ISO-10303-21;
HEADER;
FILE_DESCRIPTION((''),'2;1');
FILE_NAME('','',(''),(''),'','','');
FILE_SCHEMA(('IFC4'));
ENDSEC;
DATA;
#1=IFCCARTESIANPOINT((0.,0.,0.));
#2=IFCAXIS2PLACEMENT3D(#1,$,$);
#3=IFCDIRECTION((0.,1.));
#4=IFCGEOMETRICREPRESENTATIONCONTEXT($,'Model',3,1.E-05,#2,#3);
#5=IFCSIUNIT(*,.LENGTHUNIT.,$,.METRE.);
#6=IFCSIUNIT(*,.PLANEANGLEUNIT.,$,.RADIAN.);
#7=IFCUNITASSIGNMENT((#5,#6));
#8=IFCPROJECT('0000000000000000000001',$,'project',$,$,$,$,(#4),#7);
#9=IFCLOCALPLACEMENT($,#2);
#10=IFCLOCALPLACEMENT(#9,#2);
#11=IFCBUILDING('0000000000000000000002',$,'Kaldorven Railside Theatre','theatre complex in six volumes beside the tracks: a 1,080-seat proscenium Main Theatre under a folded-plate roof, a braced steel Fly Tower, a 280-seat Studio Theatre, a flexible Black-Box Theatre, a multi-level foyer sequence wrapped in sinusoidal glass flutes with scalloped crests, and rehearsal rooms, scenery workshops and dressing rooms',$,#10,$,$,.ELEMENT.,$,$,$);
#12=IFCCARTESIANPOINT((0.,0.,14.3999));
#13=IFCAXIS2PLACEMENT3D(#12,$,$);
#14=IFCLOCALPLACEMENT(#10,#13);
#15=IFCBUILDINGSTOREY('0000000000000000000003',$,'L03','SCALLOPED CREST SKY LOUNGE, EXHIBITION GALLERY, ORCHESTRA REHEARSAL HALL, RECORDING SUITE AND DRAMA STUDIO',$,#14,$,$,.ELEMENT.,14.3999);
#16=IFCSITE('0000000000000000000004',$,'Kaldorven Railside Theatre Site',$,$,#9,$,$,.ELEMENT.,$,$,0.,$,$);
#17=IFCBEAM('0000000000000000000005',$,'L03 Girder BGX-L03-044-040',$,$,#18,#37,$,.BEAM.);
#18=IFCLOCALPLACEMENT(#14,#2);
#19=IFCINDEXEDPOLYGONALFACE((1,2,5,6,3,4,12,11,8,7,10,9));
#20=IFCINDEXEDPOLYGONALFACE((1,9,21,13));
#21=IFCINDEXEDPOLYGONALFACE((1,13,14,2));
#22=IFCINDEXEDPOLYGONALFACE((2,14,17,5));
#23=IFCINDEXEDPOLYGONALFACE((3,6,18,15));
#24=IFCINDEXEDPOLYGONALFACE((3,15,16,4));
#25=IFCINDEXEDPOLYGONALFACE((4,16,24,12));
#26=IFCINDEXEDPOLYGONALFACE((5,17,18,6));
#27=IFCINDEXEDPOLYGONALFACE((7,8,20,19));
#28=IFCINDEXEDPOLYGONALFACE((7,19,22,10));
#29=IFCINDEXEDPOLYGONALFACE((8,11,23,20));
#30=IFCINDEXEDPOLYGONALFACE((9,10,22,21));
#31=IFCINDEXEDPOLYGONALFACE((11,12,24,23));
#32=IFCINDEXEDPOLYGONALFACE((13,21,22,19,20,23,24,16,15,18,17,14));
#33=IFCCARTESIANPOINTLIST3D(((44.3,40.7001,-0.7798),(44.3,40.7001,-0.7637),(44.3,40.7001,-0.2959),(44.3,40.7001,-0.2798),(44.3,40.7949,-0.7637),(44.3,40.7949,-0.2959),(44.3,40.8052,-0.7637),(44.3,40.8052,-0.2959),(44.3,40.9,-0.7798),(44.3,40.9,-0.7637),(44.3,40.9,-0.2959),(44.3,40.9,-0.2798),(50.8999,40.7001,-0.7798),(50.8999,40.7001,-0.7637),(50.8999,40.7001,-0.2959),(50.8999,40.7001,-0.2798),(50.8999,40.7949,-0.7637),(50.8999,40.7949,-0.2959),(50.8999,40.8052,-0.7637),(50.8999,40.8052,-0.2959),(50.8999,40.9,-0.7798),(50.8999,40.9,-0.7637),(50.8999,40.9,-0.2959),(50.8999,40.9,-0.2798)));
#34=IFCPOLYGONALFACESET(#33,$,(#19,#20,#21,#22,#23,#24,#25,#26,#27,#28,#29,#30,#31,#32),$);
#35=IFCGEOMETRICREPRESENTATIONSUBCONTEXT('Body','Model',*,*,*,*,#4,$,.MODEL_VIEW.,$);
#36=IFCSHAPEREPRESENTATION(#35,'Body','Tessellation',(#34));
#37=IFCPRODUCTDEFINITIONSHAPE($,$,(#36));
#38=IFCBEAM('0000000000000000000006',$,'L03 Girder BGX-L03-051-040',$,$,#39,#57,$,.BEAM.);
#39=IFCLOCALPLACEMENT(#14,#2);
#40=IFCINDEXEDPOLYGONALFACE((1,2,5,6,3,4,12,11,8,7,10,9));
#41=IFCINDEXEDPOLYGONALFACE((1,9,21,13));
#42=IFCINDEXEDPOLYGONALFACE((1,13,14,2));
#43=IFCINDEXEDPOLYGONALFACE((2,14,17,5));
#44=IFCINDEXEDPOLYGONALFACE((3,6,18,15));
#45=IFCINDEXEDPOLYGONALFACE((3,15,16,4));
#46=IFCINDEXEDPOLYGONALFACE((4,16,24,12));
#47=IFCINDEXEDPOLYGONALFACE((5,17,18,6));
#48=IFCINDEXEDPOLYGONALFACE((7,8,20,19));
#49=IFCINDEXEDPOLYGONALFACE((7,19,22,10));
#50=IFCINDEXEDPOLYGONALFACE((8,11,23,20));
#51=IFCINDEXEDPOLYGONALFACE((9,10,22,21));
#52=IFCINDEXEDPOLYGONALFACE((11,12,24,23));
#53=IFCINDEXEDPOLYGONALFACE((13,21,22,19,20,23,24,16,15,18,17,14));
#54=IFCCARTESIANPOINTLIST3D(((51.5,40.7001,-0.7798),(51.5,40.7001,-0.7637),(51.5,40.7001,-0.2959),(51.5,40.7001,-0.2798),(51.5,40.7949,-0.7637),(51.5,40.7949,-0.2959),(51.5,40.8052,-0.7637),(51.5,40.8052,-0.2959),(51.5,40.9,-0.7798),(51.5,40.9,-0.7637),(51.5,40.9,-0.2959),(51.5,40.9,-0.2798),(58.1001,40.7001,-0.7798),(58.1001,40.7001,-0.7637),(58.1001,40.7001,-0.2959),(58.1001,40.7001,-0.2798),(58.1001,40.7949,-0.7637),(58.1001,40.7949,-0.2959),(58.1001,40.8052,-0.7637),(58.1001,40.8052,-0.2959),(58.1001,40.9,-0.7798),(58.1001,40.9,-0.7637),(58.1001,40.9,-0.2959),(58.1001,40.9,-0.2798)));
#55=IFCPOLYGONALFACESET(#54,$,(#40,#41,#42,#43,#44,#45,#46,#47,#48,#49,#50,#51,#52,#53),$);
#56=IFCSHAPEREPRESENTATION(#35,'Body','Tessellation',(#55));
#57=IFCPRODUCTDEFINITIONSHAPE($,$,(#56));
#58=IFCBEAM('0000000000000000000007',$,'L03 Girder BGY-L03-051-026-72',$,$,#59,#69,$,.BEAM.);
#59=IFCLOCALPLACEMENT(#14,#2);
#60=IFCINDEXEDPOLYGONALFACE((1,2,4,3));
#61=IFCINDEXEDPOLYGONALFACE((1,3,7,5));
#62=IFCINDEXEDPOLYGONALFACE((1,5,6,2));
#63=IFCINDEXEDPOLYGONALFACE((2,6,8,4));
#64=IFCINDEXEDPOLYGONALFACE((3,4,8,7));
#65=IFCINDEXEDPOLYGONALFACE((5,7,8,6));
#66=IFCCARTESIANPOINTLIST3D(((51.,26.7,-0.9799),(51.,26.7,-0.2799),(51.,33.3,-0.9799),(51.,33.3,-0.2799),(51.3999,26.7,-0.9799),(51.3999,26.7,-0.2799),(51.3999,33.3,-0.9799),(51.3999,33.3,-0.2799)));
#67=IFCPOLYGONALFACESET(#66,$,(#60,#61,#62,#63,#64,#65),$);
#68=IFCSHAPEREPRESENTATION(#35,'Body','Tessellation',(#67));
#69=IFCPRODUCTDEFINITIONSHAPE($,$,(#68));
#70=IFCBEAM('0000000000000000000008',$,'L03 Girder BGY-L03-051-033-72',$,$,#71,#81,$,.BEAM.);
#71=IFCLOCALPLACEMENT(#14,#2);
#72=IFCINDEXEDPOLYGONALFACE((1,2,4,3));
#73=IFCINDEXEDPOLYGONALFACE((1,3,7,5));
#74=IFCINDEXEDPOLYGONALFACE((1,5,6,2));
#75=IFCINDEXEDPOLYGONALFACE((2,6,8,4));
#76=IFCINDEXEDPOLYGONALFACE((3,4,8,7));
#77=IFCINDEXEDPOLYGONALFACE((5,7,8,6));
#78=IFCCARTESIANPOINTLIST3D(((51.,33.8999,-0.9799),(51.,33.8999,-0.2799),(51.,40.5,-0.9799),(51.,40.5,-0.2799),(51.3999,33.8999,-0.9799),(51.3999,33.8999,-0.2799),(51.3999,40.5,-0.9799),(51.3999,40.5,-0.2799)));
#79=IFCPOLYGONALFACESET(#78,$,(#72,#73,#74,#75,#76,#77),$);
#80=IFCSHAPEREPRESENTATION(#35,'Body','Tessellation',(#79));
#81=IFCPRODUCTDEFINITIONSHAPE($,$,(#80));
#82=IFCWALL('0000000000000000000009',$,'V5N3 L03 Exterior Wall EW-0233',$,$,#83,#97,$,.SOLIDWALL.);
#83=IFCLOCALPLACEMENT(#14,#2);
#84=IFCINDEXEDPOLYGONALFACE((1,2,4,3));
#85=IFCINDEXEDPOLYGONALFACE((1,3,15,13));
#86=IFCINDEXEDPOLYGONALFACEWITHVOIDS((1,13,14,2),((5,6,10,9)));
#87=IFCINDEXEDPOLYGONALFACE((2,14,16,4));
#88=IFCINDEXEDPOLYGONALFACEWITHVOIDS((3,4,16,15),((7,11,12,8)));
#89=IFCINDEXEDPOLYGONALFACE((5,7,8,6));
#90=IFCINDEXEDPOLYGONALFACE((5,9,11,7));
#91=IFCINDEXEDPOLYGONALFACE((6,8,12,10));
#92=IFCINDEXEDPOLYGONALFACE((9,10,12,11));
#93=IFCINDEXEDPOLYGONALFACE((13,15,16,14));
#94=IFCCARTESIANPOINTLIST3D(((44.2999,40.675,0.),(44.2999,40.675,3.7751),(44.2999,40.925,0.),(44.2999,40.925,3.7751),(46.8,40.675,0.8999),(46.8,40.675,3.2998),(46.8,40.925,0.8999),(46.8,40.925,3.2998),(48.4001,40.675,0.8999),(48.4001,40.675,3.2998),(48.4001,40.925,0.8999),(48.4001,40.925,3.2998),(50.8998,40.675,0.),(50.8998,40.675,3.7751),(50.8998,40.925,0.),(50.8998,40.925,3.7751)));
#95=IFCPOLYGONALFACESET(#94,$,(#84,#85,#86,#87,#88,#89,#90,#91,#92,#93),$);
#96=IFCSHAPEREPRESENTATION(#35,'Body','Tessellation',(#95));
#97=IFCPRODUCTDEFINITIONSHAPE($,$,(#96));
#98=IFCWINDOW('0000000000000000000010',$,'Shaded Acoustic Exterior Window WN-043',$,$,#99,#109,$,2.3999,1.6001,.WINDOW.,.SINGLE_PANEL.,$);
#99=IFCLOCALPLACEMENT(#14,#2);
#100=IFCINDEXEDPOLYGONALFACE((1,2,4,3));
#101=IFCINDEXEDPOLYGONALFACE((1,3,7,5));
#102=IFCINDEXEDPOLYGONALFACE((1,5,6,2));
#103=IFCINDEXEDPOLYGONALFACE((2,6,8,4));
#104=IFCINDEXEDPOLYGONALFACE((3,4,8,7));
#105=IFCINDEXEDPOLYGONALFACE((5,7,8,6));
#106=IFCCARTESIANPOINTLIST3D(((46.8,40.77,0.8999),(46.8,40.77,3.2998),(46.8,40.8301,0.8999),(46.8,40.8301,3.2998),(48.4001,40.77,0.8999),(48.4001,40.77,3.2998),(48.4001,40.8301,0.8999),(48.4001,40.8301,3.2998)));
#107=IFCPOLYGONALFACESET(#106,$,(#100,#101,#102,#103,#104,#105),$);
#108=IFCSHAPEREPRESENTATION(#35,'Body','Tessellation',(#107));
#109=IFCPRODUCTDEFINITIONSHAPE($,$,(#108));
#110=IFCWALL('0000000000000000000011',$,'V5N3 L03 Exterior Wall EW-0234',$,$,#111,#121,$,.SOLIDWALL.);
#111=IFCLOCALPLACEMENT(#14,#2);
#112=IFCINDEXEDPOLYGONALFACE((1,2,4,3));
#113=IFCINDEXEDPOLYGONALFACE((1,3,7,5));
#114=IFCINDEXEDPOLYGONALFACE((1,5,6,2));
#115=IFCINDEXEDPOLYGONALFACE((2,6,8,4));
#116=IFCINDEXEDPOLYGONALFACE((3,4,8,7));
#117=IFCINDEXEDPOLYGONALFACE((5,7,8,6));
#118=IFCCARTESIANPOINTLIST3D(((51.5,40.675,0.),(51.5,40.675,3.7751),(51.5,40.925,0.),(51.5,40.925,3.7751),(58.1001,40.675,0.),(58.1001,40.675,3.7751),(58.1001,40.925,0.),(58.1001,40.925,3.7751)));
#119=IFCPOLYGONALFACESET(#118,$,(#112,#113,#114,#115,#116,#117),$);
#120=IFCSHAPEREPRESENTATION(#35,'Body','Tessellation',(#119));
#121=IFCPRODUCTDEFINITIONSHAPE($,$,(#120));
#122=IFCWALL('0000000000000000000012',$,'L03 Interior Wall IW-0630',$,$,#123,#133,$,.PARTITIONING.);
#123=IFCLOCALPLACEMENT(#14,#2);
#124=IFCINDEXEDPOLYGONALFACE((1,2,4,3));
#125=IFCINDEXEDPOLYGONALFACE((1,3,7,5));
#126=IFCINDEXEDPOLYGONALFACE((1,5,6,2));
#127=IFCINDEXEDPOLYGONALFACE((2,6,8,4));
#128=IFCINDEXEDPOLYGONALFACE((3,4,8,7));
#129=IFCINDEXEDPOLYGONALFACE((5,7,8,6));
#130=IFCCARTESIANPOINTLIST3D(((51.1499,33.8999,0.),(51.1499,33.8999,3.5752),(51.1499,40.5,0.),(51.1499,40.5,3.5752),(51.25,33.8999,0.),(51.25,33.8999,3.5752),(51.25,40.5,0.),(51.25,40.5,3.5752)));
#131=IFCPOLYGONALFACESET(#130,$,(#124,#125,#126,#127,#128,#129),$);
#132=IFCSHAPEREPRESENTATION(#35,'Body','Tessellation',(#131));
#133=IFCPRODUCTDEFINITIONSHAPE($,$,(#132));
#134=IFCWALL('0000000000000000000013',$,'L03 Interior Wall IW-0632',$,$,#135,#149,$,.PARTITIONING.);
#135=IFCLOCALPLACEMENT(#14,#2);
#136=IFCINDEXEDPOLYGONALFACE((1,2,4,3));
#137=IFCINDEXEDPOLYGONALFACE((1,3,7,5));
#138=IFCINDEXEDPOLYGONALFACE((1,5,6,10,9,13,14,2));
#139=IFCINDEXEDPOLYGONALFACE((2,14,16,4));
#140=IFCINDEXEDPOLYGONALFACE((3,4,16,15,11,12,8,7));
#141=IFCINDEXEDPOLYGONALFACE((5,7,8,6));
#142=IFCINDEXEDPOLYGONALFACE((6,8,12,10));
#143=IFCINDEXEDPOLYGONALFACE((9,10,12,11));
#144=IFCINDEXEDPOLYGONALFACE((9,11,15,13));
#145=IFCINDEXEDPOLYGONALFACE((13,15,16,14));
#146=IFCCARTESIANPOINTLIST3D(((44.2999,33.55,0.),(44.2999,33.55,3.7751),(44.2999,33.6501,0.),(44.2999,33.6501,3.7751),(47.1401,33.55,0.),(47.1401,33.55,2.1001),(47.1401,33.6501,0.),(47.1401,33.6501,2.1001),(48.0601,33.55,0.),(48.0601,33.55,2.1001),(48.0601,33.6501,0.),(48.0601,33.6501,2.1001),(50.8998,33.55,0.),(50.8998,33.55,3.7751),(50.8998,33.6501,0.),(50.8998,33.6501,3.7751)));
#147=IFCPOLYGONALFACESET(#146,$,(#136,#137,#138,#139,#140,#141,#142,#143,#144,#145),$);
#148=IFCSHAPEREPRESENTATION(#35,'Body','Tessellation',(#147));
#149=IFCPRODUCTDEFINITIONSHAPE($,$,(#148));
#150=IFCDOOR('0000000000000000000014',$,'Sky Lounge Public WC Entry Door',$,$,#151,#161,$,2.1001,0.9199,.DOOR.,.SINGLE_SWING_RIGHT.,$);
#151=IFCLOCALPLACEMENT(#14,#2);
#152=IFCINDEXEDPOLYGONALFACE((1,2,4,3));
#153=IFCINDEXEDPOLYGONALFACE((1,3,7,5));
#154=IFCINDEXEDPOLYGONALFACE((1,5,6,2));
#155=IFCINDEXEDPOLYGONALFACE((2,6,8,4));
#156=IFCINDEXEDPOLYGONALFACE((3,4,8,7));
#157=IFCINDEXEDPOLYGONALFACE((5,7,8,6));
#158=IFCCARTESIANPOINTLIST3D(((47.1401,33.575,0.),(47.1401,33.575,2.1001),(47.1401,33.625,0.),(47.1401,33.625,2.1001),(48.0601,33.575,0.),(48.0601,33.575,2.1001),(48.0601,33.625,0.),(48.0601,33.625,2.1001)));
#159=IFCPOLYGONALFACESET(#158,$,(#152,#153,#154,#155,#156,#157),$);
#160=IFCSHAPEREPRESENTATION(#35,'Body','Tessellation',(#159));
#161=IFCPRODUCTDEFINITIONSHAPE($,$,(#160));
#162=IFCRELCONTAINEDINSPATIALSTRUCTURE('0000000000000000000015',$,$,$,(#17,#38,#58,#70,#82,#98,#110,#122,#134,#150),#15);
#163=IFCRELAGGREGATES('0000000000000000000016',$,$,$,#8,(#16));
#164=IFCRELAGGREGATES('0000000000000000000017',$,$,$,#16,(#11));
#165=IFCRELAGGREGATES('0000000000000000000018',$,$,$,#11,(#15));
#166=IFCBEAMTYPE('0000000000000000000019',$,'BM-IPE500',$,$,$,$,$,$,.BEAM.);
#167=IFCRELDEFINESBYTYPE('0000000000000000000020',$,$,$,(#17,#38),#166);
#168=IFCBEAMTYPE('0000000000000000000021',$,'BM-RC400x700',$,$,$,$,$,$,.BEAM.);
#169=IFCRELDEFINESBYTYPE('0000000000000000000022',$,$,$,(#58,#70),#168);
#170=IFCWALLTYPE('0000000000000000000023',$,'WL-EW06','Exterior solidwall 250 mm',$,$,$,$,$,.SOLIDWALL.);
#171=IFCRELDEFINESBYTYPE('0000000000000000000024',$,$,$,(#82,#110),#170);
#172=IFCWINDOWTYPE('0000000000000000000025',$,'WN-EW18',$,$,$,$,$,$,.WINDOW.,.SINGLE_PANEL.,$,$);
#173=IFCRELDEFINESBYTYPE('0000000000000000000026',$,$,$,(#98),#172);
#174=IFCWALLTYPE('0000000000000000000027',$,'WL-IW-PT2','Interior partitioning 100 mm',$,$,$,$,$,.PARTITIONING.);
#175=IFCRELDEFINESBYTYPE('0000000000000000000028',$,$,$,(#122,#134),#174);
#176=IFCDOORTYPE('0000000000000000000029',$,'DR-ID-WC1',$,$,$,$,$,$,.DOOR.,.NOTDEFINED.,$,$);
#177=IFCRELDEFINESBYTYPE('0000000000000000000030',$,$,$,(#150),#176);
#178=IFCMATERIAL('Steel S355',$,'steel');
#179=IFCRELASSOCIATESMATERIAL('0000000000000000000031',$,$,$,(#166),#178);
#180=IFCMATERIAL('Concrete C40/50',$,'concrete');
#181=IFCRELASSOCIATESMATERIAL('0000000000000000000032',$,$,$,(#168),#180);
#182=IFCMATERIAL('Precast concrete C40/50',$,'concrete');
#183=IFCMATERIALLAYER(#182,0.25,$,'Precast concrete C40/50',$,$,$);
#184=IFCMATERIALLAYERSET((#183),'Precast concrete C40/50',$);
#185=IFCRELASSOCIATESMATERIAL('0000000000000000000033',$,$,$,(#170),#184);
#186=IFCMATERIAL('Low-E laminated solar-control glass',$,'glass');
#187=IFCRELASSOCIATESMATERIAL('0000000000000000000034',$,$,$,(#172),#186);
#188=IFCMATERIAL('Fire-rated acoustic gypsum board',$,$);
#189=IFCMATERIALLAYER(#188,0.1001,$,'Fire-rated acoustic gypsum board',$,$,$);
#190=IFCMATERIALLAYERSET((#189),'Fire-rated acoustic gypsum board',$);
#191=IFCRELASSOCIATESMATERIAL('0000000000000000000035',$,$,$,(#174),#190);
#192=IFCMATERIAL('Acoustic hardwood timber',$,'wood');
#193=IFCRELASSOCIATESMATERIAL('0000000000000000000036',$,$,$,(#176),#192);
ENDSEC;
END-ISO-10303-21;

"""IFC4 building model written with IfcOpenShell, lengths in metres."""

from ifc_helpers import new_model, si_unit, direction, frame, frame_2d, origin, origin_2d, place, context, subcontext, project, spatial, rectangle, i_section, extrude, material, layer, layer_set, material_profile, profile_set, type_object, element, fill, save


model = new_model("IFC4")

# Units and contexts
model_context = context("Model", 3, precision=1e-05, world=origin(), true_north=direction((0.0, 1.0)))
body_context = subcontext(model_context, "Body", "Model", "MODEL_VIEW")
ifc_project = project(units=[si_unit("LENGTHUNIT", "METRE"), si_unit("PLANEANGLEUNIT", "RADIAN")], contexts=[model_context])

# Site, building, storey
site_placement = place(None, origin())
site = spatial("IfcSite", under=ifc_project, at=site_placement, Name="Kaldorven Railside Theatre Site", CompositionType="ELEMENT", RefElevation=0.0)
building_placement = place(site_placement, origin())
building = spatial("IfcBuilding", under=site, at=building_placement, Name="Kaldorven Railside Theatre", Description="theatre complex in six volumes beside the tracks: a 1,080-seat proscenium Main Theatre under a folded-plate roof, a braced steel Fly Tower, a 280-seat Studio Theatre, a flexible Black-Box Theatre, a multi-level foyer sequence wrapped in sinusoidal glass flutes with scalloped crests, and rehearsal rooms, scenery workshops and dressing rooms", CompositionType="ELEMENT")
storey_placement = place(building_placement, frame((0.0, 0.0, 14.3999)))
storey = spatial("IfcBuildingStorey", under=building, at=storey_placement, Name="L03", Description="SCALLOPED CREST SKY LOUNGE, EXHIBITION GALLERY, ORCHESTRA REHEARSAL HALL, RECORDING SUITE AND DRAMA STUDIO", CompositionType="ELEMENT", Elevation=14.3999)

# Shared definitions
ifc_material_1 = material(Name="Concrete C40/50", Category="concrete")

# Beams
ifc_material_2 = material(Name="Steel S355", Category="steel")
ifc_material_profile_1 = material_profile(ifc_material_2, i_section(OverallWidth=0.2, OverallDepth=0.5, WebThickness=0.0103, FlangeThickness=0.0161, at=origin_2d()), Name="IPE 500")
ifc_profile_set_1 = profile_set([ifc_material_profile_1], Name="Steel S355")
beam_type_1 = type_object("IfcBeamType", Name="BM-IPE500", PredefinedType="BEAM", material=ifc_profile_set_1)
beam_1_placement = place(storey_placement, frame((44.3, 40.8, -0.5298), z_axis=(1.0, 0.0, 0.0), x_axis=(0.0, 1.0, 0.0)))
element("IfcBeam", 1, at=beam_1_placement, inside=storey, type_object=beam_type_1, Name="L03 Girder BGX-L03-044-040", PredefinedType="BEAM", context=body_context, shape_type="SweptSolid", body=[
    extrude(i_section(OverallWidth=0.2, OverallDepth=0.5, WebThickness=0.0103, FlangeThickness=0.0161, at=origin_2d()), origin(), (0.0, 0.0, 1.0), 6.5999),
])
beam_2_placement = place(storey_placement, frame((51.5, 40.8, -0.5298), z_axis=(1.0, 0.0, 0.0), x_axis=(0.0, 1.0, 0.0)))
element("IfcBeam", 2, at=beam_2_placement, inside=storey, type_object=beam_type_1, Name="L03 Girder BGX-L03-051-040", PredefinedType="BEAM", context=body_context, shape_type="SweptSolid", body=[
    extrude(i_section(OverallWidth=0.2, OverallDepth=0.5, WebThickness=0.0103, FlangeThickness=0.0161, at=origin_2d()), origin(), (0.0, 0.0, 1.0), 6.6001),
])
ifc_material_profile_2 = material_profile(ifc_material_1, rectangle(XDim=0.3999, YDim=0.7, at=origin_2d()), Name="RC 400x700")
ifc_profile_set_2 = profile_set([ifc_material_profile_2], Name="Concrete C40/50")
beam_type_2 = type_object("IfcBeamType", Name="BM-RC400x700", PredefinedType="BEAM", material=ifc_profile_set_2)
for number, where, z_axis, x_axis, name in (
    (3, (51.2, 26.7, -0.6299), (0.0, 1.0, 0.0), (-1.0, 0.0, 0.0), "L03 Girder BGY-L03-051-026-72"),
    (4, (51.2, 33.8999, -0.6299), (0.0, 1.0, 0.0), (-1.0, 0.0, 0.0), "L03 Girder BGY-L03-051-033-72"),
):
    element("IfcBeam", number, at=place(storey_placement, frame(where, z_axis=z_axis, x_axis=x_axis)), inside=storey, type_object=beam_type_2, Name=name, PredefinedType="BEAM", context=body_context, shape_type="SweptSolid", body=[
        extrude(rectangle(XDim=0.3999, YDim=0.7, at=origin_2d()), origin(), (0.0, 0.0, 1.0), 6.6001),
    ])

# Wall, opening, window
ifc_material_3 = material(Name="Precast concrete C40/50", Category="concrete")
ifc_layer_1 = layer(ifc_material_3, 0.25, Name="Precast concrete C40/50")
ifc_layer_set_1 = layer_set([ifc_layer_1], Name="Precast concrete C40/50")
wall_type_1 = type_object("IfcWallType", Name="WL-EW06", Description="Exterior solidwall 250 mm", PredefinedType="SOLIDWALL", material=ifc_layer_set_1)
wall_1_placement = place(storey_placement, frame((44.3, 40.8, 0.0), z_axis=(0.0, 0.0, 1.0), x_axis=(1.0, 0.0, 0.0)))
wall_1 = element("IfcWall", 5, at=wall_1_placement, inside=storey, type_object=wall_type_1, Name="V5N3 L03 Exterior Wall EW-0233", PredefinedType="SOLIDWALL", context=body_context, shape_type="SweptSolid", body=[
    extrude(rectangle(XDim=6.5999, YDim=0.25, at=frame_2d((3.2998, 0.0))), origin(), (0.0, 0.0, 1.0), 3.7751),
])
opening_1_placement = place(wall_1_placement, frame((2.5, 0.0, 0.8999)))
opening_1 = element("IfcOpeningElement", 6, at=opening_1_placement, cuts=wall_1, PredefinedType="OPENING", context=body_context, shape_type="SweptSolid", body=[
    extrude(rectangle(XDim=1.6001, YDim=2.3999, at=frame_2d((0.8, 1.2))), frame((0.0, 0.135, 0.0), z_axis=(0.0, -1.0, 0.0), x_axis=(1.0, 0.0, 0.0)), (0.0, 0.0, 1.0), 0.27),
])
ifc_material_4 = material(Name="Low-E laminated solar-control glass", Category="glass")
window_type = type_object("IfcWindowType", Name="WN-EW18", PartitioningType="SINGLE_PANEL", PredefinedType="WINDOW", material=ifc_material_4)
window_placement = place(opening_1_placement, origin())
window = element("IfcWindow", 7, at=window_placement, inside=storey, type_object=window_type, Name="Shaded Acoustic Exterior Window WN-043", OverallHeight=2.3999, OverallWidth=1.6001, PartitioningType="SINGLE_PANEL", PredefinedType="WINDOW", context=body_context, shape_type="SweptSolid", body=[
    extrude(rectangle(XDim=1.6001, YDim=2.3999, at=frame_2d((0.8, 1.2))), frame((0.0, 0.03, 0.0), z_axis=(0.0, -1.0, 0.0), x_axis=(1.0, 0.0, 0.0)), (0.0, 0.0, 1.0), 0.0601),
])
fill(opening_1, window)

# Wall
wall_2_placement = place(storey_placement, frame((51.5, 40.8, 0.0), z_axis=(0.0, 0.0, 1.0), x_axis=(1.0, 0.0, 0.0)))
element("IfcWall", 8, at=wall_2_placement, inside=storey, type_object=wall_type_1, Name="V5N3 L03 Exterior Wall EW-0234", PredefinedType="SOLIDWALL", context=body_context, shape_type="SweptSolid", body=[
    extrude(rectangle(XDim=6.6001, YDim=0.25, at=frame_2d((3.3, 0.0))), origin(), (0.0, 0.0, 1.0), 3.7751),
])

# Shared definitions
ifc_material_5 = material(Name="Acoustic hardwood timber", Category="wood")

# Wall
ifc_material_6 = material(Name="Fire-rated acoustic gypsum board")
ifc_layer_2 = layer(ifc_material_6, 0.1001, Name="Fire-rated acoustic gypsum board")
ifc_layer_set_2 = layer_set([ifc_layer_2], Name="Fire-rated acoustic gypsum board")
wall_type_2 = type_object("IfcWallType", Name="WL-IW-PT2", Description="Interior partitioning 100 mm", PredefinedType="PARTITIONING", material=ifc_layer_set_2)
wall_3_placement = place(storey_placement, frame((51.2, 33.8999, 0.0), z_axis=(0.0, 0.0, 1.0), x_axis=(0.0, 1.0, 0.0)))
element("IfcWall", 9, at=wall_3_placement, inside=storey, type_object=wall_type_2, Name="L03 Interior Wall IW-0630", PredefinedType="PARTITIONING", context=body_context, shape_type="SweptSolid", body=[
    extrude(rectangle(XDim=6.6001, YDim=0.1001, at=frame_2d((3.3, 0.0))), origin(), (0.0, 0.0, 1.0), 3.5752),
])

# Wall, opening, door
wall_4_placement = place(storey_placement, frame((44.3, 33.6001, 0.0), z_axis=(0.0, 0.0, 1.0), x_axis=(1.0, 0.0, 0.0)))
wall_4 = element("IfcWall", 10, at=wall_4_placement, inside=storey, type_object=wall_type_2, Name="L03 Interior Wall IW-0632", PredefinedType="PARTITIONING", context=body_context, shape_type="SweptSolid", body=[
    extrude(rectangle(XDim=6.5999, YDim=0.1001, at=frame_2d((3.2998, 0.0))), origin(), (0.0, 0.0, 1.0), 3.7751),
])
opening_2_placement = place(wall_4_placement, frame((2.8401, 0.0, 0.0)))
opening_2 = element("IfcOpeningElement", 11, at=opening_2_placement, cuts=wall_4, PredefinedType="OPENING", context=body_context, shape_type="SweptSolid", body=[
    extrude(rectangle(XDim=0.9199, YDim=2.1001, at=frame_2d((0.46, 1.05))), frame((0.0, 0.0601, 0.0), z_axis=(0.0, -1.0, 0.0), x_axis=(1.0, 0.0, 0.0)), (0.0, 0.0, 1.0), 0.1201),
])
door_type_1 = type_object("IfcDoorType", Name="DR-ID-WC1", OperationType="NOTDEFINED", PredefinedType="DOOR", material=ifc_material_5)
door_1_placement = place(opening_2_placement, origin())
door_1 = element("IfcDoor", 12, at=door_1_placement, inside=storey, type_object=door_type_1, Name="Sky Lounge Public WC Entry Door", OperationType="SINGLE_SWING_RIGHT", OverallHeight=2.1001, OverallWidth=0.9199, PredefinedType="DOOR", context=body_context, shape_type="SweptSolid", body=[
    extrude(rectangle(XDim=0.9199, YDim=2.1001, at=frame_2d((0.46, 1.05))), frame((0.0, 0.0249, 0.0), z_axis=(0.0, -1.0, 0.0), x_axis=(1.0, 0.0, 0.0)), (0.0, 0.0, 1.0), 0.05),
])
fill(opening_2, door_1)

save(model, "model.ifc")
